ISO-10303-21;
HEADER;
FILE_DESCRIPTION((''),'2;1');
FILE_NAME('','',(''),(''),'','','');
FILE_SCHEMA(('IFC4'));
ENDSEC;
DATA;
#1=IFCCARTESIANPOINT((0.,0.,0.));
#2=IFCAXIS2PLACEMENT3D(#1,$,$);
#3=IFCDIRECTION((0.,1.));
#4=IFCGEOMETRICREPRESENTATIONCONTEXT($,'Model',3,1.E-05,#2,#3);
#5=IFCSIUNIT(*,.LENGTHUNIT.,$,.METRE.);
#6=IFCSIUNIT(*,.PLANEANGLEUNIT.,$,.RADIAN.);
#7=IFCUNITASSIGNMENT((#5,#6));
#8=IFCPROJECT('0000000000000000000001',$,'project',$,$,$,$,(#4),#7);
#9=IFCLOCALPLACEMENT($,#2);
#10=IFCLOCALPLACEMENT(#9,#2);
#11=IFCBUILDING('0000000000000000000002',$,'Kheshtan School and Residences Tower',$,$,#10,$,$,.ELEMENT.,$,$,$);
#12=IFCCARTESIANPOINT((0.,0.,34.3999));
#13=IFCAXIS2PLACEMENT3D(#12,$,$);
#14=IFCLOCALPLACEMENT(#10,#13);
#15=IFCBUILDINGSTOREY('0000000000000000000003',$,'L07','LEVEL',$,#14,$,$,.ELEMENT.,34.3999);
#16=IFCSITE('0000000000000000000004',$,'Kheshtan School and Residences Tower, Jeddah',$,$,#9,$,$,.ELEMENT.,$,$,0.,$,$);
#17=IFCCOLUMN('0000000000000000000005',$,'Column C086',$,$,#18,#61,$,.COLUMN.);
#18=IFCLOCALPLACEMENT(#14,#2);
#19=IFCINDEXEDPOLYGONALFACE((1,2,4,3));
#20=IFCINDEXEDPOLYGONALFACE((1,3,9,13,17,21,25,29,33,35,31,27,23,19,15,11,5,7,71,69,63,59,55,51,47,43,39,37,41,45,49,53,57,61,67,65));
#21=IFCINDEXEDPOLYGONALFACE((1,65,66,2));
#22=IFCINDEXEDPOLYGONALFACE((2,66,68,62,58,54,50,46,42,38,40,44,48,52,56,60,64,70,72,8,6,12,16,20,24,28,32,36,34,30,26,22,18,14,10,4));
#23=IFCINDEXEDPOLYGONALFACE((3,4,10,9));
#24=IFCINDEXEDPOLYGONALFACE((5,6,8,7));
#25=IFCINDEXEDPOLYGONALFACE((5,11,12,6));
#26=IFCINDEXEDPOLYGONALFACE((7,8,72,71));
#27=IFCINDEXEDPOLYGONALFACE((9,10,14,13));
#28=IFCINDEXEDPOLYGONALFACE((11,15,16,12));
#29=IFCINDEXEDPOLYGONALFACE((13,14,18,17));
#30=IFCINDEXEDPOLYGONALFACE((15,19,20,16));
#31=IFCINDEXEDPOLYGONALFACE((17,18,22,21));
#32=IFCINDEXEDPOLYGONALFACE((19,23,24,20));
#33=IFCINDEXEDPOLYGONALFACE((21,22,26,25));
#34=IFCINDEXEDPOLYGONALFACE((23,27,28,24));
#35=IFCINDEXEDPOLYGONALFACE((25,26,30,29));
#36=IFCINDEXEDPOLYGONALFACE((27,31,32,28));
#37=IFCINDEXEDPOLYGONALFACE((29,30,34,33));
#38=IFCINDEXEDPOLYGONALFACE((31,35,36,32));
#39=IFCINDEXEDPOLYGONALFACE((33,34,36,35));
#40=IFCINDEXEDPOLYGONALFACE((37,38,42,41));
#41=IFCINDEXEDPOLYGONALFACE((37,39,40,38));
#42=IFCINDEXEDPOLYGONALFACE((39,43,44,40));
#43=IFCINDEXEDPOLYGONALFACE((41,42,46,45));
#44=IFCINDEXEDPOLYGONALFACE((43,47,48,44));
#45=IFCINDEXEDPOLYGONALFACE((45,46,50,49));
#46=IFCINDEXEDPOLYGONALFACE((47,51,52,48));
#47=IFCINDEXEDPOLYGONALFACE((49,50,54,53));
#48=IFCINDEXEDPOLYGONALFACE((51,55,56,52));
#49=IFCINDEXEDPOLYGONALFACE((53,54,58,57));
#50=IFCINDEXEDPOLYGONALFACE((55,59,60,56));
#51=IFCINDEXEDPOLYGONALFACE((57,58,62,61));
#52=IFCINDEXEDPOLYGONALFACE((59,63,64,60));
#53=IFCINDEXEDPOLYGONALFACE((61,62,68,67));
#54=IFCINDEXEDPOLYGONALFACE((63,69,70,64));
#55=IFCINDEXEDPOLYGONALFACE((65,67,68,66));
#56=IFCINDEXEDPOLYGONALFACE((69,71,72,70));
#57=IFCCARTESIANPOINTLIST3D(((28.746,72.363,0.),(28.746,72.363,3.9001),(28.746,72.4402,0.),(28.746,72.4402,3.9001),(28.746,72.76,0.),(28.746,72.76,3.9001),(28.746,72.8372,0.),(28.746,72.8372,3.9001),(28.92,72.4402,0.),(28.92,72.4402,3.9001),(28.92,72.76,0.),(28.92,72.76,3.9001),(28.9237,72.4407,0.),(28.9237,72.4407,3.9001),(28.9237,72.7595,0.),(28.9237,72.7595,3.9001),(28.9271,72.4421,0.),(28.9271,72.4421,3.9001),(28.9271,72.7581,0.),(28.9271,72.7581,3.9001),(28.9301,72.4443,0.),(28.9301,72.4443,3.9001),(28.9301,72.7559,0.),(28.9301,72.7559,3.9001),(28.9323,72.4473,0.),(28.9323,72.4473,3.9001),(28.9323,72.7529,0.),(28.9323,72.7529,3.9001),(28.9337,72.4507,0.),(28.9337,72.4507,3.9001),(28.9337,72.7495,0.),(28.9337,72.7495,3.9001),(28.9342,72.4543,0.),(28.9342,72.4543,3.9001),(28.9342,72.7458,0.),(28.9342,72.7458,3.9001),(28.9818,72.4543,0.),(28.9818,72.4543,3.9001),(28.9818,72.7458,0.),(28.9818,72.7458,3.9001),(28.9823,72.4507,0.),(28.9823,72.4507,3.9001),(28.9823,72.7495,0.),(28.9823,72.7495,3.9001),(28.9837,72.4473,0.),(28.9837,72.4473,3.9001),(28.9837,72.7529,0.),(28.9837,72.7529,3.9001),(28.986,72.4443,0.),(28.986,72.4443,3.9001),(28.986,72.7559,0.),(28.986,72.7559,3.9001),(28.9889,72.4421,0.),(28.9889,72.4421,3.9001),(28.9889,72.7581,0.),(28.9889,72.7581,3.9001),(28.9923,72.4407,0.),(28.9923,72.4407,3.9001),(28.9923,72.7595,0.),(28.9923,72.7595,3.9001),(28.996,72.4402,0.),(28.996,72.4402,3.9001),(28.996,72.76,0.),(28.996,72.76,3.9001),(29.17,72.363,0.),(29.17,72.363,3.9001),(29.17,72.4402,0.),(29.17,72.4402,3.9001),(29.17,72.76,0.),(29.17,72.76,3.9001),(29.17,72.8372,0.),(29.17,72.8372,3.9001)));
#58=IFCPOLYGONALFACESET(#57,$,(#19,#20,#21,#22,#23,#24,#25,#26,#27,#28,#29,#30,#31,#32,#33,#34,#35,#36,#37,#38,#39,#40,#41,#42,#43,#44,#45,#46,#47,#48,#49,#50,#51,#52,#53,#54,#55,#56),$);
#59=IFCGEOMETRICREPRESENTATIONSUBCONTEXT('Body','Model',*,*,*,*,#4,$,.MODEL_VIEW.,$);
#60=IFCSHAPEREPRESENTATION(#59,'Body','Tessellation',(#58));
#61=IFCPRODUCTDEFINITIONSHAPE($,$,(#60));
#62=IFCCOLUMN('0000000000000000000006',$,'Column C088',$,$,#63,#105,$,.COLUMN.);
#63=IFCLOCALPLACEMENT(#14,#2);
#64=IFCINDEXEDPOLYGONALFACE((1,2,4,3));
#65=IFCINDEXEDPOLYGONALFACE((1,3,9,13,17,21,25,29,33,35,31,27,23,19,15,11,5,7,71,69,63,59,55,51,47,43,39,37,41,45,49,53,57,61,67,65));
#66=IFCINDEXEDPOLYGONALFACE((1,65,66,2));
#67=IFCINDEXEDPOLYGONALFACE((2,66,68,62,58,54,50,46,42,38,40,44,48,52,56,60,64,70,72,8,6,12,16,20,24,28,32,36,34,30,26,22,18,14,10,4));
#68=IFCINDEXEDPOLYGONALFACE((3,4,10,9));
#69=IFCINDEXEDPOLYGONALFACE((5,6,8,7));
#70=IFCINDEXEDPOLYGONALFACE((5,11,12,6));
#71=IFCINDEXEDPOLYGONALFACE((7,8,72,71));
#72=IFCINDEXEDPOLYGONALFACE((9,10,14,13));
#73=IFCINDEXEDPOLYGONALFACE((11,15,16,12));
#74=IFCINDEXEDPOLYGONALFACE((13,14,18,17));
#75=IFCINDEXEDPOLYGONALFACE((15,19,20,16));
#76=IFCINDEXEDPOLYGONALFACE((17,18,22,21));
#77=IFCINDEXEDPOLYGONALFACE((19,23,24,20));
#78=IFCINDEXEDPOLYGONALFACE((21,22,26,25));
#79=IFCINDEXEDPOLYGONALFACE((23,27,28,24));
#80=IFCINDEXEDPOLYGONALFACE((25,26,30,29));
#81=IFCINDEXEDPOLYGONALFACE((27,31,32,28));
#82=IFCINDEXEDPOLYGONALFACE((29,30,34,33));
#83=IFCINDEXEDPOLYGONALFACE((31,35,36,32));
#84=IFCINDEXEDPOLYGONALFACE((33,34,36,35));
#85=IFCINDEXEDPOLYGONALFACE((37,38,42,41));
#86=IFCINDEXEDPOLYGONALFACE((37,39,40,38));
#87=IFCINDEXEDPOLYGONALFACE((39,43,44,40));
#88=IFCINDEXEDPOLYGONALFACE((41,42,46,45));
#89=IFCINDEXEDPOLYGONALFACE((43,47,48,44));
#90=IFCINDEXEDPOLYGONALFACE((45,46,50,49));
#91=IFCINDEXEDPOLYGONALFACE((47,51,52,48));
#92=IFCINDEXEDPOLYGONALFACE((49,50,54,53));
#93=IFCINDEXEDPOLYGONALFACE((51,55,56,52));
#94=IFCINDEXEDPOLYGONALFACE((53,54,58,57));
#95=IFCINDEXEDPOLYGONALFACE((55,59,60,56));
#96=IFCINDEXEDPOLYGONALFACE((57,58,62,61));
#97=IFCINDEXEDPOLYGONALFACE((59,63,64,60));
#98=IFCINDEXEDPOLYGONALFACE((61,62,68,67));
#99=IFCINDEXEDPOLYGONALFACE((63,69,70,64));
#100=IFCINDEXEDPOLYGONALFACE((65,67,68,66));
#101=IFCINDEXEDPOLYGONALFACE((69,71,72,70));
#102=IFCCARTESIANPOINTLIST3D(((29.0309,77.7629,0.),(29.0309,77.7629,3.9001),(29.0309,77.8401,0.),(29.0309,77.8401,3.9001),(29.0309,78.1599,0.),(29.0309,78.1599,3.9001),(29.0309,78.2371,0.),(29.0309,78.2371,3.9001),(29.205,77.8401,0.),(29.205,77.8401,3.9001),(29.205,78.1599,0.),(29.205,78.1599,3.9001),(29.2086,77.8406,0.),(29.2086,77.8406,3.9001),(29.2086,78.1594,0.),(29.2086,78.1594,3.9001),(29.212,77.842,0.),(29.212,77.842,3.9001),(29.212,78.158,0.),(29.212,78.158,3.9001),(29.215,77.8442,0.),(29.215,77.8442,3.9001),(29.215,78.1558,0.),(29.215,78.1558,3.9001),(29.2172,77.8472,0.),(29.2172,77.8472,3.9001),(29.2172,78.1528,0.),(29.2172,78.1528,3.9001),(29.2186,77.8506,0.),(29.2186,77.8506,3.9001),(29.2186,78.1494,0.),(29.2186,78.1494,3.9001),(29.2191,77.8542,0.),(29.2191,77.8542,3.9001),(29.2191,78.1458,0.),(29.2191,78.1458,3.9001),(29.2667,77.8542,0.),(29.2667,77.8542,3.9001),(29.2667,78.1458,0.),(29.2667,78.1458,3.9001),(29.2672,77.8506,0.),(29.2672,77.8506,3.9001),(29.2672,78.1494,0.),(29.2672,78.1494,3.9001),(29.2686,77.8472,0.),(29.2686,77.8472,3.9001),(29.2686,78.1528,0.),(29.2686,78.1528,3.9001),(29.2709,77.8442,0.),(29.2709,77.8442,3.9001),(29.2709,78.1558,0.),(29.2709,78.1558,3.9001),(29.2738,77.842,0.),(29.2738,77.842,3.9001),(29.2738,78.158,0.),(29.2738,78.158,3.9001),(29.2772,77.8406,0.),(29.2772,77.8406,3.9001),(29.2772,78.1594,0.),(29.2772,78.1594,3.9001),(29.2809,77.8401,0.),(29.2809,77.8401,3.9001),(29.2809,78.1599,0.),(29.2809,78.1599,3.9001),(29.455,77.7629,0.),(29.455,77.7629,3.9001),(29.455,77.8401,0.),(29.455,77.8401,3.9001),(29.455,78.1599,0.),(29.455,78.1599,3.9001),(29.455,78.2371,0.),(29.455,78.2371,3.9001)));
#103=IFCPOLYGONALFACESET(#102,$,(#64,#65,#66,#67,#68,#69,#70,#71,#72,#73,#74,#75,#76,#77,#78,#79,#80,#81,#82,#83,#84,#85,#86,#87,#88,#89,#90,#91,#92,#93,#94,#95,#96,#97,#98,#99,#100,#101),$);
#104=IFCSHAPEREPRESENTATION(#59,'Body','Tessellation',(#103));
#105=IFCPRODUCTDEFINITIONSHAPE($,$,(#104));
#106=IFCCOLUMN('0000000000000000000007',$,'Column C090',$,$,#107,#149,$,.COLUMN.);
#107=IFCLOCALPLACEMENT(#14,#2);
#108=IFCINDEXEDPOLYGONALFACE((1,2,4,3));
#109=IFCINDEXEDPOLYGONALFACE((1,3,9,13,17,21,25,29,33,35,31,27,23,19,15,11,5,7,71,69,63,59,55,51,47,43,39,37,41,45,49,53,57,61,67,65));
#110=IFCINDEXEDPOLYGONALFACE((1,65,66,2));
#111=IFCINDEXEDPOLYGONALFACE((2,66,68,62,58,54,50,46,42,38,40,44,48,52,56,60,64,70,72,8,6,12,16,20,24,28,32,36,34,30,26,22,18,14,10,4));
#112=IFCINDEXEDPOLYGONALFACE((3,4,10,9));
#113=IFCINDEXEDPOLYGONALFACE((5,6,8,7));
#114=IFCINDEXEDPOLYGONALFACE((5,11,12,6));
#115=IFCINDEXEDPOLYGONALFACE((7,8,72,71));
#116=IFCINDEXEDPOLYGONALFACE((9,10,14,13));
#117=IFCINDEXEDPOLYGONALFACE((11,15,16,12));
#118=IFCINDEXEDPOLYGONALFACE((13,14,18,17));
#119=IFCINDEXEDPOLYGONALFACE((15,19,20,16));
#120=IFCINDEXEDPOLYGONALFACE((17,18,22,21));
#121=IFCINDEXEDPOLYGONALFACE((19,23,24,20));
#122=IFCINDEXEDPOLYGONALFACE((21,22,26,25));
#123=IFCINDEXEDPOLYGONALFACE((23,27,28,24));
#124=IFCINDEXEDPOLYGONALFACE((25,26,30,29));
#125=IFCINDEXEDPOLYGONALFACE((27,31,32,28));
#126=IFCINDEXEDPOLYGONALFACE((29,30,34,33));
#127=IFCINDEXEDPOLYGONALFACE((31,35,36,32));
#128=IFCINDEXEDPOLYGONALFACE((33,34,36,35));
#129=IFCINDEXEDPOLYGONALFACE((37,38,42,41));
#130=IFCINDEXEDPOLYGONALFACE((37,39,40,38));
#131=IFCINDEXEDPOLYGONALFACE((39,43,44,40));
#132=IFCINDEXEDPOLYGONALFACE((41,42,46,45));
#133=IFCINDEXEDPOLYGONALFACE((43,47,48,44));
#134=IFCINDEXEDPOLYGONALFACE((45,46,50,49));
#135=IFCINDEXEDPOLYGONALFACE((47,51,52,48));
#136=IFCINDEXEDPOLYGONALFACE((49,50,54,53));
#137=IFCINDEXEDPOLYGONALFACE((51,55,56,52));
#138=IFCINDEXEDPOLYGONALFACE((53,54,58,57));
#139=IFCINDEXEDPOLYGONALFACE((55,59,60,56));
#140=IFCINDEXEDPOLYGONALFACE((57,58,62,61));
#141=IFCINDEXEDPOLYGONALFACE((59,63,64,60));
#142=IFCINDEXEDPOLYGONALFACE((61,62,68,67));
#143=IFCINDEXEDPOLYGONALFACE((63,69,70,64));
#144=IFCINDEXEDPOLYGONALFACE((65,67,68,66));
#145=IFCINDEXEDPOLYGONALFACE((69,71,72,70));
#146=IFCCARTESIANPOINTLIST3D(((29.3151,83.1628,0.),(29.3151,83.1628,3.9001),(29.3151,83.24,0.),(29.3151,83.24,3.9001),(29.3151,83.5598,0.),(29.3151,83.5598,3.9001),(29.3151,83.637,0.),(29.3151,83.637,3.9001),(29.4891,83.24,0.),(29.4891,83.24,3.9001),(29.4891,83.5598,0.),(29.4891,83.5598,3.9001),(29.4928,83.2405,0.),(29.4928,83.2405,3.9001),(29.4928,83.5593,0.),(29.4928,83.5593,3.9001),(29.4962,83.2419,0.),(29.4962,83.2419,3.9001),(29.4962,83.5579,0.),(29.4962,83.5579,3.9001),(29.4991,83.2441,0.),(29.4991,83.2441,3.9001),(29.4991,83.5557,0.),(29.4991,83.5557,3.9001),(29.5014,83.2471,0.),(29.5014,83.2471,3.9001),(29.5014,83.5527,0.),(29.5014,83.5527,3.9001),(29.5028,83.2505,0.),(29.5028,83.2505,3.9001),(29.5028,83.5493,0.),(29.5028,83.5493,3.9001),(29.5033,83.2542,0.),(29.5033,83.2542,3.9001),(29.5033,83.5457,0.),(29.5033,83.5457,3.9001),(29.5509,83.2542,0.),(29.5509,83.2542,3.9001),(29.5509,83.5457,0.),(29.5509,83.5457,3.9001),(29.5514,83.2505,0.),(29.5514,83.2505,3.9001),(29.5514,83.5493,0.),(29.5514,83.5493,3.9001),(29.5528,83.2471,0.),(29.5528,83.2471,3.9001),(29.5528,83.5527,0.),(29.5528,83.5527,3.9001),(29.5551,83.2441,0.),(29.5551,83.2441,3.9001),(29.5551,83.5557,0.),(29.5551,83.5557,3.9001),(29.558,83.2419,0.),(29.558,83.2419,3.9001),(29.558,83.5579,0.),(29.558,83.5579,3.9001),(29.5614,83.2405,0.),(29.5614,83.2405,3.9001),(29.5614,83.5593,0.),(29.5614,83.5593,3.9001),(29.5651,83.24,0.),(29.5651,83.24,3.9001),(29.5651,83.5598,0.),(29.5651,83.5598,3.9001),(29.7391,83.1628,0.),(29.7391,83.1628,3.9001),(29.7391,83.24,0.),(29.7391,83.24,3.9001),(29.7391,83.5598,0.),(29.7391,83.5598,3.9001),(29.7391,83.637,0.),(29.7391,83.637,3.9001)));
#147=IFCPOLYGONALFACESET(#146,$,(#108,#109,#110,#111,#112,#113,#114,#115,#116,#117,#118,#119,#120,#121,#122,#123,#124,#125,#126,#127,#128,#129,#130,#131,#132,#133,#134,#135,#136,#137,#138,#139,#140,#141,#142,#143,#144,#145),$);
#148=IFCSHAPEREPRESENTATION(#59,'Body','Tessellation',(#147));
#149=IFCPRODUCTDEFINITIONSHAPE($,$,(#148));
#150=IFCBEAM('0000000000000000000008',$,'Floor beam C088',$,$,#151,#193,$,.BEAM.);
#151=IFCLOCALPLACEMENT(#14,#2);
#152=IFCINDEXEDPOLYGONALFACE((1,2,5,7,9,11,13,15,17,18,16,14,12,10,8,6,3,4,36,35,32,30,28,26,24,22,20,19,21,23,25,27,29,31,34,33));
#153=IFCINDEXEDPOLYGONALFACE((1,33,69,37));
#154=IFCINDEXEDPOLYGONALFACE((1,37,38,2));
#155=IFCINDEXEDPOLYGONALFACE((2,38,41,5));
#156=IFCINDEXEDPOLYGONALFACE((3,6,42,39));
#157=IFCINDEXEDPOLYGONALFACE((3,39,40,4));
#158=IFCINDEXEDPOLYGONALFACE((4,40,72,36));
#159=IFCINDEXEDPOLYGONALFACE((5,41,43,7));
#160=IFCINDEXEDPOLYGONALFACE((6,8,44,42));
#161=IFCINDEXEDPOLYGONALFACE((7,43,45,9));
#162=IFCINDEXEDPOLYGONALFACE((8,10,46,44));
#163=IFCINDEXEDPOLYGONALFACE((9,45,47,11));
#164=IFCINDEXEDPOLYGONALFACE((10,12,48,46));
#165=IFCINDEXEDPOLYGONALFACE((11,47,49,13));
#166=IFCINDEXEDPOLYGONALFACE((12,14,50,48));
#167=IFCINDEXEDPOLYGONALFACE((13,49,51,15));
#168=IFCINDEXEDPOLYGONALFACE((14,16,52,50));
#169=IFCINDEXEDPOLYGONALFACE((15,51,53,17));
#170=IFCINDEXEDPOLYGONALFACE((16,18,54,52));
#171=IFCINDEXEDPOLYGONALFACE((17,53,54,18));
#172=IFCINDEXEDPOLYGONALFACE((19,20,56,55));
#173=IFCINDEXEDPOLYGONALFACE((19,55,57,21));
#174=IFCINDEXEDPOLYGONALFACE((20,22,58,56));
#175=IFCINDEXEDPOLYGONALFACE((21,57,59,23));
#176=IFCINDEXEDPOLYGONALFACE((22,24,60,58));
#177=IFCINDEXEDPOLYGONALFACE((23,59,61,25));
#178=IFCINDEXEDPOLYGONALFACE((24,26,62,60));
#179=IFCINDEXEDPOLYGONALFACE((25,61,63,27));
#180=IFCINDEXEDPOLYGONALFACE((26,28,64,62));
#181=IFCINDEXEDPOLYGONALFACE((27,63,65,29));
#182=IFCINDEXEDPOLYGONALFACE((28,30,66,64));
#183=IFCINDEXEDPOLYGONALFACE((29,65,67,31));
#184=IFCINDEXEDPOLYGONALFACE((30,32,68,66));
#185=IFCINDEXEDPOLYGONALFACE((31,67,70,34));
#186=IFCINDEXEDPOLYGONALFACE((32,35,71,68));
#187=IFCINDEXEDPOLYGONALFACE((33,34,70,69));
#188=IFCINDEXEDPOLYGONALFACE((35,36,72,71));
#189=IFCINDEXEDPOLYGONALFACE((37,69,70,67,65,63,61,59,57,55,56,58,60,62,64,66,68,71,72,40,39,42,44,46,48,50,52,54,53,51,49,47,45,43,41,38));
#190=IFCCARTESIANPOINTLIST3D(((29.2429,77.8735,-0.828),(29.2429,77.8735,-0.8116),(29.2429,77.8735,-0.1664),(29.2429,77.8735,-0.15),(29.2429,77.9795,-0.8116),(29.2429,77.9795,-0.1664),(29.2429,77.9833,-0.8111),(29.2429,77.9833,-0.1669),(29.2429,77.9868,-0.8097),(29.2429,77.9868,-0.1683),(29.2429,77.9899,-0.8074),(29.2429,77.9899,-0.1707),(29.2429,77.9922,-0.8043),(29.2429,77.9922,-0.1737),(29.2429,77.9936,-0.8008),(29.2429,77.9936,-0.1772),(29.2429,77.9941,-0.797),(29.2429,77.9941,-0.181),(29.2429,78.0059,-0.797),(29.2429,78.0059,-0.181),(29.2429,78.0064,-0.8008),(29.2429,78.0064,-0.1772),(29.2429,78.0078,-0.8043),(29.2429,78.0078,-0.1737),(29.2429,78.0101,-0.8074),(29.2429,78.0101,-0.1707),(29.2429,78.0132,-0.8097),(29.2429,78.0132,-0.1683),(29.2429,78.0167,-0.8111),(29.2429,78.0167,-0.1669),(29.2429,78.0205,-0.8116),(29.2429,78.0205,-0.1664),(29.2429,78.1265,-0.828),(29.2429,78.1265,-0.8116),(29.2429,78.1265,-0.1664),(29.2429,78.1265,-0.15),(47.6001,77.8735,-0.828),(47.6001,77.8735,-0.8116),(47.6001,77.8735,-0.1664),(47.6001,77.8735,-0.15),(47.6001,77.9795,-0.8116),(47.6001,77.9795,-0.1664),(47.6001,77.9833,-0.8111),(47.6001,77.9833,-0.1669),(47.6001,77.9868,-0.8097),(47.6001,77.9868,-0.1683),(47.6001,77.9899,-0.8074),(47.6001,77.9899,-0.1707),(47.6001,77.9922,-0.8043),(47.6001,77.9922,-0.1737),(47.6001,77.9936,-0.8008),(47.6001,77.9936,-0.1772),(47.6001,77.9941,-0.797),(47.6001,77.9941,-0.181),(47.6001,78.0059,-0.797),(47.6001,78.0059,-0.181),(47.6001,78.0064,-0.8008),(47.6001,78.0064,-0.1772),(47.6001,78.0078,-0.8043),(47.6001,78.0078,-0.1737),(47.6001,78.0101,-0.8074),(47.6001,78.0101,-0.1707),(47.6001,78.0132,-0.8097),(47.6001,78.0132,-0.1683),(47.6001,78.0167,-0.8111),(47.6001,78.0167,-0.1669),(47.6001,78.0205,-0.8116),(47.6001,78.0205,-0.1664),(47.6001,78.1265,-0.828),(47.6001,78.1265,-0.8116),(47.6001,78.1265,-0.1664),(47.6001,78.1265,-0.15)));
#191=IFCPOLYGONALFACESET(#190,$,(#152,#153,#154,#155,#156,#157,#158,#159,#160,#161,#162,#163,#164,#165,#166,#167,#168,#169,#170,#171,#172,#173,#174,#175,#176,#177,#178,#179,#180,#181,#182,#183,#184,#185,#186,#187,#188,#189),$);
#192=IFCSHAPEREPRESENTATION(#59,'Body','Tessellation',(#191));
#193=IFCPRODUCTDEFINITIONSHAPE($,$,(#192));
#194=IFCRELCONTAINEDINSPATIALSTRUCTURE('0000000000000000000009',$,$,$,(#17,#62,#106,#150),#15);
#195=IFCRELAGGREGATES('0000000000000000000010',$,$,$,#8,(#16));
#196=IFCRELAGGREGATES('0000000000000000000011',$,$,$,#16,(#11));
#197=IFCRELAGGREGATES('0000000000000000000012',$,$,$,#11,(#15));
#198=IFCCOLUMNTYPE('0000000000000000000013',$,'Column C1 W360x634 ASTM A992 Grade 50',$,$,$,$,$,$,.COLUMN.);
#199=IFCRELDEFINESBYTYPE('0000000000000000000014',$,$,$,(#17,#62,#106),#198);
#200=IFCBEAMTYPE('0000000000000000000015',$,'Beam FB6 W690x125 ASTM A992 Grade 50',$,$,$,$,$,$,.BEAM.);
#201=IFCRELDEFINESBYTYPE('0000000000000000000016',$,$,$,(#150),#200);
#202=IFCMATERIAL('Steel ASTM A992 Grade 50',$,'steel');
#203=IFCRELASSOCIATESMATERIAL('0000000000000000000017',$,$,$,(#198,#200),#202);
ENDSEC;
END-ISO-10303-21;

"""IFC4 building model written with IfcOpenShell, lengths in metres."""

from ifc_helpers import new_model, si_unit, direction, frame, origin, origin_2d, place, context, subcontext, project, spatial, i_section, extrude, material, material_profile, profile_set, type_object, element, save


model = new_model("IFC4")

# Units and contexts
model_context = context("Model", 3, precision=1e-05, world=origin(), true_north=direction((0.0, 1.0)))
body_context = subcontext(model_context, "Body", "Model", "MODEL_VIEW")
ifc_project = project(units=[si_unit("LENGTHUNIT", "METRE"), si_unit("PLANEANGLEUNIT", "RADIAN")], contexts=[model_context])

# Site, building, storey
site_placement = place(None, origin())
site = spatial("IfcSite", under=ifc_project, at=site_placement, Name="Kheshtan School and Residences Tower, Jeddah", CompositionType="ELEMENT", RefElevation=0.0)
building_placement = place(site_placement, origin())
building = spatial("IfcBuilding", under=site, at=building_placement, Name="Kheshtan School and Residences Tower", CompositionType="ELEMENT")
storey_placement = place(building_placement, frame((0.0, 0.0, 34.3999)))
storey = spatial("IfcBuildingStorey", under=building, at=storey_placement, Name="L07", Description="LEVEL", CompositionType="ELEMENT", Elevation=34.3999)

# Columns
ifc_material_1 = material(Name="Steel ASTM A992 Grade 50", Category="steel")
ifc_material_profile_1 = material_profile(ifc_material_1, i_section(OverallWidth=0.4241, OverallDepth=0.4741, WebThickness=0.0476, FlangeThickness=0.0771, FilletRadius=0.0142, at=origin_2d()), Name="W360x634")
ifc_profile_set_1 = profile_set([ifc_material_profile_1], Name="Steel ASTM A992 Grade 50")
column_type = type_object("IfcColumnType", Name="Column C1 W360x634 ASTM A992 Grade 50", PredefinedType="COLUMN", material=ifc_profile_set_1)
for number, where, z_axis, x_axis, name in (
    (1, (28.958, 72.6001, 0.0), (0.0, 0.0, 1.0), (1.0, 0.0, 0.0), "Column C086"),
    (2, (29.2429, 78.0, 0.0), (0.0, 0.0, 1.0), (1.0, 0.0, 0.0), "Column C088"),
    (3, (29.5271, 83.3999, 0.0), (0.0, 0.0, 1.0), (1.0, 0.0, 0.0), "Column C090"),
):
    element("IfcColumn", number, at=place(storey_placement, frame(where, z_axis=z_axis, x_axis=x_axis)), inside=storey, type_object=column_type, Name=name, PredefinedType="COLUMN", context=body_context, shape_type="SweptSolid", body=[
        extrude(i_section(OverallWidth=0.4241, OverallDepth=0.4741, WebThickness=0.0476, FlangeThickness=0.0771, FilletRadius=0.0142, at=origin_2d()), origin(), (0.0, 0.0, 1.0), 3.9001),
    ])

# Beam
ifc_material_profile_2 = material_profile(ifc_material_1, i_section(OverallWidth=0.2529, OverallDepth=0.678, WebThickness=0.0117, FlangeThickness=0.0164, FilletRadius=0.0146, at=origin_2d()), Name="W690x125")
ifc_profile_set_2 = profile_set([ifc_material_profile_2], Name="Steel ASTM A992 Grade 50")
beam_type_1 = type_object("IfcBeamType", Name="Beam FB6 W690x125 ASTM A992 Grade 50", PredefinedType="BEAM", material=ifc_profile_set_2)
beam_1_placement = place(storey_placement, frame((29.2429, 78.0, -0.489), z_axis=(1.0, 0.0, 0.0), x_axis=(0.0, 1.0, 0.0)))
element("IfcBeam", 4, at=beam_1_placement, inside=storey, type_object=beam_type_1, Name="Floor beam C088", PredefinedType="BEAM", context=body_context, shape_type="SweptSolid", body=[
    extrude(i_section(OverallWidth=0.2529, OverallDepth=0.678, WebThickness=0.0117, FlangeThickness=0.0164, FilletRadius=0.0146, at=origin_2d()), origin(), (0.0, 0.0, 1.0), 18.3572),
])

save(model, "model.ifc")
